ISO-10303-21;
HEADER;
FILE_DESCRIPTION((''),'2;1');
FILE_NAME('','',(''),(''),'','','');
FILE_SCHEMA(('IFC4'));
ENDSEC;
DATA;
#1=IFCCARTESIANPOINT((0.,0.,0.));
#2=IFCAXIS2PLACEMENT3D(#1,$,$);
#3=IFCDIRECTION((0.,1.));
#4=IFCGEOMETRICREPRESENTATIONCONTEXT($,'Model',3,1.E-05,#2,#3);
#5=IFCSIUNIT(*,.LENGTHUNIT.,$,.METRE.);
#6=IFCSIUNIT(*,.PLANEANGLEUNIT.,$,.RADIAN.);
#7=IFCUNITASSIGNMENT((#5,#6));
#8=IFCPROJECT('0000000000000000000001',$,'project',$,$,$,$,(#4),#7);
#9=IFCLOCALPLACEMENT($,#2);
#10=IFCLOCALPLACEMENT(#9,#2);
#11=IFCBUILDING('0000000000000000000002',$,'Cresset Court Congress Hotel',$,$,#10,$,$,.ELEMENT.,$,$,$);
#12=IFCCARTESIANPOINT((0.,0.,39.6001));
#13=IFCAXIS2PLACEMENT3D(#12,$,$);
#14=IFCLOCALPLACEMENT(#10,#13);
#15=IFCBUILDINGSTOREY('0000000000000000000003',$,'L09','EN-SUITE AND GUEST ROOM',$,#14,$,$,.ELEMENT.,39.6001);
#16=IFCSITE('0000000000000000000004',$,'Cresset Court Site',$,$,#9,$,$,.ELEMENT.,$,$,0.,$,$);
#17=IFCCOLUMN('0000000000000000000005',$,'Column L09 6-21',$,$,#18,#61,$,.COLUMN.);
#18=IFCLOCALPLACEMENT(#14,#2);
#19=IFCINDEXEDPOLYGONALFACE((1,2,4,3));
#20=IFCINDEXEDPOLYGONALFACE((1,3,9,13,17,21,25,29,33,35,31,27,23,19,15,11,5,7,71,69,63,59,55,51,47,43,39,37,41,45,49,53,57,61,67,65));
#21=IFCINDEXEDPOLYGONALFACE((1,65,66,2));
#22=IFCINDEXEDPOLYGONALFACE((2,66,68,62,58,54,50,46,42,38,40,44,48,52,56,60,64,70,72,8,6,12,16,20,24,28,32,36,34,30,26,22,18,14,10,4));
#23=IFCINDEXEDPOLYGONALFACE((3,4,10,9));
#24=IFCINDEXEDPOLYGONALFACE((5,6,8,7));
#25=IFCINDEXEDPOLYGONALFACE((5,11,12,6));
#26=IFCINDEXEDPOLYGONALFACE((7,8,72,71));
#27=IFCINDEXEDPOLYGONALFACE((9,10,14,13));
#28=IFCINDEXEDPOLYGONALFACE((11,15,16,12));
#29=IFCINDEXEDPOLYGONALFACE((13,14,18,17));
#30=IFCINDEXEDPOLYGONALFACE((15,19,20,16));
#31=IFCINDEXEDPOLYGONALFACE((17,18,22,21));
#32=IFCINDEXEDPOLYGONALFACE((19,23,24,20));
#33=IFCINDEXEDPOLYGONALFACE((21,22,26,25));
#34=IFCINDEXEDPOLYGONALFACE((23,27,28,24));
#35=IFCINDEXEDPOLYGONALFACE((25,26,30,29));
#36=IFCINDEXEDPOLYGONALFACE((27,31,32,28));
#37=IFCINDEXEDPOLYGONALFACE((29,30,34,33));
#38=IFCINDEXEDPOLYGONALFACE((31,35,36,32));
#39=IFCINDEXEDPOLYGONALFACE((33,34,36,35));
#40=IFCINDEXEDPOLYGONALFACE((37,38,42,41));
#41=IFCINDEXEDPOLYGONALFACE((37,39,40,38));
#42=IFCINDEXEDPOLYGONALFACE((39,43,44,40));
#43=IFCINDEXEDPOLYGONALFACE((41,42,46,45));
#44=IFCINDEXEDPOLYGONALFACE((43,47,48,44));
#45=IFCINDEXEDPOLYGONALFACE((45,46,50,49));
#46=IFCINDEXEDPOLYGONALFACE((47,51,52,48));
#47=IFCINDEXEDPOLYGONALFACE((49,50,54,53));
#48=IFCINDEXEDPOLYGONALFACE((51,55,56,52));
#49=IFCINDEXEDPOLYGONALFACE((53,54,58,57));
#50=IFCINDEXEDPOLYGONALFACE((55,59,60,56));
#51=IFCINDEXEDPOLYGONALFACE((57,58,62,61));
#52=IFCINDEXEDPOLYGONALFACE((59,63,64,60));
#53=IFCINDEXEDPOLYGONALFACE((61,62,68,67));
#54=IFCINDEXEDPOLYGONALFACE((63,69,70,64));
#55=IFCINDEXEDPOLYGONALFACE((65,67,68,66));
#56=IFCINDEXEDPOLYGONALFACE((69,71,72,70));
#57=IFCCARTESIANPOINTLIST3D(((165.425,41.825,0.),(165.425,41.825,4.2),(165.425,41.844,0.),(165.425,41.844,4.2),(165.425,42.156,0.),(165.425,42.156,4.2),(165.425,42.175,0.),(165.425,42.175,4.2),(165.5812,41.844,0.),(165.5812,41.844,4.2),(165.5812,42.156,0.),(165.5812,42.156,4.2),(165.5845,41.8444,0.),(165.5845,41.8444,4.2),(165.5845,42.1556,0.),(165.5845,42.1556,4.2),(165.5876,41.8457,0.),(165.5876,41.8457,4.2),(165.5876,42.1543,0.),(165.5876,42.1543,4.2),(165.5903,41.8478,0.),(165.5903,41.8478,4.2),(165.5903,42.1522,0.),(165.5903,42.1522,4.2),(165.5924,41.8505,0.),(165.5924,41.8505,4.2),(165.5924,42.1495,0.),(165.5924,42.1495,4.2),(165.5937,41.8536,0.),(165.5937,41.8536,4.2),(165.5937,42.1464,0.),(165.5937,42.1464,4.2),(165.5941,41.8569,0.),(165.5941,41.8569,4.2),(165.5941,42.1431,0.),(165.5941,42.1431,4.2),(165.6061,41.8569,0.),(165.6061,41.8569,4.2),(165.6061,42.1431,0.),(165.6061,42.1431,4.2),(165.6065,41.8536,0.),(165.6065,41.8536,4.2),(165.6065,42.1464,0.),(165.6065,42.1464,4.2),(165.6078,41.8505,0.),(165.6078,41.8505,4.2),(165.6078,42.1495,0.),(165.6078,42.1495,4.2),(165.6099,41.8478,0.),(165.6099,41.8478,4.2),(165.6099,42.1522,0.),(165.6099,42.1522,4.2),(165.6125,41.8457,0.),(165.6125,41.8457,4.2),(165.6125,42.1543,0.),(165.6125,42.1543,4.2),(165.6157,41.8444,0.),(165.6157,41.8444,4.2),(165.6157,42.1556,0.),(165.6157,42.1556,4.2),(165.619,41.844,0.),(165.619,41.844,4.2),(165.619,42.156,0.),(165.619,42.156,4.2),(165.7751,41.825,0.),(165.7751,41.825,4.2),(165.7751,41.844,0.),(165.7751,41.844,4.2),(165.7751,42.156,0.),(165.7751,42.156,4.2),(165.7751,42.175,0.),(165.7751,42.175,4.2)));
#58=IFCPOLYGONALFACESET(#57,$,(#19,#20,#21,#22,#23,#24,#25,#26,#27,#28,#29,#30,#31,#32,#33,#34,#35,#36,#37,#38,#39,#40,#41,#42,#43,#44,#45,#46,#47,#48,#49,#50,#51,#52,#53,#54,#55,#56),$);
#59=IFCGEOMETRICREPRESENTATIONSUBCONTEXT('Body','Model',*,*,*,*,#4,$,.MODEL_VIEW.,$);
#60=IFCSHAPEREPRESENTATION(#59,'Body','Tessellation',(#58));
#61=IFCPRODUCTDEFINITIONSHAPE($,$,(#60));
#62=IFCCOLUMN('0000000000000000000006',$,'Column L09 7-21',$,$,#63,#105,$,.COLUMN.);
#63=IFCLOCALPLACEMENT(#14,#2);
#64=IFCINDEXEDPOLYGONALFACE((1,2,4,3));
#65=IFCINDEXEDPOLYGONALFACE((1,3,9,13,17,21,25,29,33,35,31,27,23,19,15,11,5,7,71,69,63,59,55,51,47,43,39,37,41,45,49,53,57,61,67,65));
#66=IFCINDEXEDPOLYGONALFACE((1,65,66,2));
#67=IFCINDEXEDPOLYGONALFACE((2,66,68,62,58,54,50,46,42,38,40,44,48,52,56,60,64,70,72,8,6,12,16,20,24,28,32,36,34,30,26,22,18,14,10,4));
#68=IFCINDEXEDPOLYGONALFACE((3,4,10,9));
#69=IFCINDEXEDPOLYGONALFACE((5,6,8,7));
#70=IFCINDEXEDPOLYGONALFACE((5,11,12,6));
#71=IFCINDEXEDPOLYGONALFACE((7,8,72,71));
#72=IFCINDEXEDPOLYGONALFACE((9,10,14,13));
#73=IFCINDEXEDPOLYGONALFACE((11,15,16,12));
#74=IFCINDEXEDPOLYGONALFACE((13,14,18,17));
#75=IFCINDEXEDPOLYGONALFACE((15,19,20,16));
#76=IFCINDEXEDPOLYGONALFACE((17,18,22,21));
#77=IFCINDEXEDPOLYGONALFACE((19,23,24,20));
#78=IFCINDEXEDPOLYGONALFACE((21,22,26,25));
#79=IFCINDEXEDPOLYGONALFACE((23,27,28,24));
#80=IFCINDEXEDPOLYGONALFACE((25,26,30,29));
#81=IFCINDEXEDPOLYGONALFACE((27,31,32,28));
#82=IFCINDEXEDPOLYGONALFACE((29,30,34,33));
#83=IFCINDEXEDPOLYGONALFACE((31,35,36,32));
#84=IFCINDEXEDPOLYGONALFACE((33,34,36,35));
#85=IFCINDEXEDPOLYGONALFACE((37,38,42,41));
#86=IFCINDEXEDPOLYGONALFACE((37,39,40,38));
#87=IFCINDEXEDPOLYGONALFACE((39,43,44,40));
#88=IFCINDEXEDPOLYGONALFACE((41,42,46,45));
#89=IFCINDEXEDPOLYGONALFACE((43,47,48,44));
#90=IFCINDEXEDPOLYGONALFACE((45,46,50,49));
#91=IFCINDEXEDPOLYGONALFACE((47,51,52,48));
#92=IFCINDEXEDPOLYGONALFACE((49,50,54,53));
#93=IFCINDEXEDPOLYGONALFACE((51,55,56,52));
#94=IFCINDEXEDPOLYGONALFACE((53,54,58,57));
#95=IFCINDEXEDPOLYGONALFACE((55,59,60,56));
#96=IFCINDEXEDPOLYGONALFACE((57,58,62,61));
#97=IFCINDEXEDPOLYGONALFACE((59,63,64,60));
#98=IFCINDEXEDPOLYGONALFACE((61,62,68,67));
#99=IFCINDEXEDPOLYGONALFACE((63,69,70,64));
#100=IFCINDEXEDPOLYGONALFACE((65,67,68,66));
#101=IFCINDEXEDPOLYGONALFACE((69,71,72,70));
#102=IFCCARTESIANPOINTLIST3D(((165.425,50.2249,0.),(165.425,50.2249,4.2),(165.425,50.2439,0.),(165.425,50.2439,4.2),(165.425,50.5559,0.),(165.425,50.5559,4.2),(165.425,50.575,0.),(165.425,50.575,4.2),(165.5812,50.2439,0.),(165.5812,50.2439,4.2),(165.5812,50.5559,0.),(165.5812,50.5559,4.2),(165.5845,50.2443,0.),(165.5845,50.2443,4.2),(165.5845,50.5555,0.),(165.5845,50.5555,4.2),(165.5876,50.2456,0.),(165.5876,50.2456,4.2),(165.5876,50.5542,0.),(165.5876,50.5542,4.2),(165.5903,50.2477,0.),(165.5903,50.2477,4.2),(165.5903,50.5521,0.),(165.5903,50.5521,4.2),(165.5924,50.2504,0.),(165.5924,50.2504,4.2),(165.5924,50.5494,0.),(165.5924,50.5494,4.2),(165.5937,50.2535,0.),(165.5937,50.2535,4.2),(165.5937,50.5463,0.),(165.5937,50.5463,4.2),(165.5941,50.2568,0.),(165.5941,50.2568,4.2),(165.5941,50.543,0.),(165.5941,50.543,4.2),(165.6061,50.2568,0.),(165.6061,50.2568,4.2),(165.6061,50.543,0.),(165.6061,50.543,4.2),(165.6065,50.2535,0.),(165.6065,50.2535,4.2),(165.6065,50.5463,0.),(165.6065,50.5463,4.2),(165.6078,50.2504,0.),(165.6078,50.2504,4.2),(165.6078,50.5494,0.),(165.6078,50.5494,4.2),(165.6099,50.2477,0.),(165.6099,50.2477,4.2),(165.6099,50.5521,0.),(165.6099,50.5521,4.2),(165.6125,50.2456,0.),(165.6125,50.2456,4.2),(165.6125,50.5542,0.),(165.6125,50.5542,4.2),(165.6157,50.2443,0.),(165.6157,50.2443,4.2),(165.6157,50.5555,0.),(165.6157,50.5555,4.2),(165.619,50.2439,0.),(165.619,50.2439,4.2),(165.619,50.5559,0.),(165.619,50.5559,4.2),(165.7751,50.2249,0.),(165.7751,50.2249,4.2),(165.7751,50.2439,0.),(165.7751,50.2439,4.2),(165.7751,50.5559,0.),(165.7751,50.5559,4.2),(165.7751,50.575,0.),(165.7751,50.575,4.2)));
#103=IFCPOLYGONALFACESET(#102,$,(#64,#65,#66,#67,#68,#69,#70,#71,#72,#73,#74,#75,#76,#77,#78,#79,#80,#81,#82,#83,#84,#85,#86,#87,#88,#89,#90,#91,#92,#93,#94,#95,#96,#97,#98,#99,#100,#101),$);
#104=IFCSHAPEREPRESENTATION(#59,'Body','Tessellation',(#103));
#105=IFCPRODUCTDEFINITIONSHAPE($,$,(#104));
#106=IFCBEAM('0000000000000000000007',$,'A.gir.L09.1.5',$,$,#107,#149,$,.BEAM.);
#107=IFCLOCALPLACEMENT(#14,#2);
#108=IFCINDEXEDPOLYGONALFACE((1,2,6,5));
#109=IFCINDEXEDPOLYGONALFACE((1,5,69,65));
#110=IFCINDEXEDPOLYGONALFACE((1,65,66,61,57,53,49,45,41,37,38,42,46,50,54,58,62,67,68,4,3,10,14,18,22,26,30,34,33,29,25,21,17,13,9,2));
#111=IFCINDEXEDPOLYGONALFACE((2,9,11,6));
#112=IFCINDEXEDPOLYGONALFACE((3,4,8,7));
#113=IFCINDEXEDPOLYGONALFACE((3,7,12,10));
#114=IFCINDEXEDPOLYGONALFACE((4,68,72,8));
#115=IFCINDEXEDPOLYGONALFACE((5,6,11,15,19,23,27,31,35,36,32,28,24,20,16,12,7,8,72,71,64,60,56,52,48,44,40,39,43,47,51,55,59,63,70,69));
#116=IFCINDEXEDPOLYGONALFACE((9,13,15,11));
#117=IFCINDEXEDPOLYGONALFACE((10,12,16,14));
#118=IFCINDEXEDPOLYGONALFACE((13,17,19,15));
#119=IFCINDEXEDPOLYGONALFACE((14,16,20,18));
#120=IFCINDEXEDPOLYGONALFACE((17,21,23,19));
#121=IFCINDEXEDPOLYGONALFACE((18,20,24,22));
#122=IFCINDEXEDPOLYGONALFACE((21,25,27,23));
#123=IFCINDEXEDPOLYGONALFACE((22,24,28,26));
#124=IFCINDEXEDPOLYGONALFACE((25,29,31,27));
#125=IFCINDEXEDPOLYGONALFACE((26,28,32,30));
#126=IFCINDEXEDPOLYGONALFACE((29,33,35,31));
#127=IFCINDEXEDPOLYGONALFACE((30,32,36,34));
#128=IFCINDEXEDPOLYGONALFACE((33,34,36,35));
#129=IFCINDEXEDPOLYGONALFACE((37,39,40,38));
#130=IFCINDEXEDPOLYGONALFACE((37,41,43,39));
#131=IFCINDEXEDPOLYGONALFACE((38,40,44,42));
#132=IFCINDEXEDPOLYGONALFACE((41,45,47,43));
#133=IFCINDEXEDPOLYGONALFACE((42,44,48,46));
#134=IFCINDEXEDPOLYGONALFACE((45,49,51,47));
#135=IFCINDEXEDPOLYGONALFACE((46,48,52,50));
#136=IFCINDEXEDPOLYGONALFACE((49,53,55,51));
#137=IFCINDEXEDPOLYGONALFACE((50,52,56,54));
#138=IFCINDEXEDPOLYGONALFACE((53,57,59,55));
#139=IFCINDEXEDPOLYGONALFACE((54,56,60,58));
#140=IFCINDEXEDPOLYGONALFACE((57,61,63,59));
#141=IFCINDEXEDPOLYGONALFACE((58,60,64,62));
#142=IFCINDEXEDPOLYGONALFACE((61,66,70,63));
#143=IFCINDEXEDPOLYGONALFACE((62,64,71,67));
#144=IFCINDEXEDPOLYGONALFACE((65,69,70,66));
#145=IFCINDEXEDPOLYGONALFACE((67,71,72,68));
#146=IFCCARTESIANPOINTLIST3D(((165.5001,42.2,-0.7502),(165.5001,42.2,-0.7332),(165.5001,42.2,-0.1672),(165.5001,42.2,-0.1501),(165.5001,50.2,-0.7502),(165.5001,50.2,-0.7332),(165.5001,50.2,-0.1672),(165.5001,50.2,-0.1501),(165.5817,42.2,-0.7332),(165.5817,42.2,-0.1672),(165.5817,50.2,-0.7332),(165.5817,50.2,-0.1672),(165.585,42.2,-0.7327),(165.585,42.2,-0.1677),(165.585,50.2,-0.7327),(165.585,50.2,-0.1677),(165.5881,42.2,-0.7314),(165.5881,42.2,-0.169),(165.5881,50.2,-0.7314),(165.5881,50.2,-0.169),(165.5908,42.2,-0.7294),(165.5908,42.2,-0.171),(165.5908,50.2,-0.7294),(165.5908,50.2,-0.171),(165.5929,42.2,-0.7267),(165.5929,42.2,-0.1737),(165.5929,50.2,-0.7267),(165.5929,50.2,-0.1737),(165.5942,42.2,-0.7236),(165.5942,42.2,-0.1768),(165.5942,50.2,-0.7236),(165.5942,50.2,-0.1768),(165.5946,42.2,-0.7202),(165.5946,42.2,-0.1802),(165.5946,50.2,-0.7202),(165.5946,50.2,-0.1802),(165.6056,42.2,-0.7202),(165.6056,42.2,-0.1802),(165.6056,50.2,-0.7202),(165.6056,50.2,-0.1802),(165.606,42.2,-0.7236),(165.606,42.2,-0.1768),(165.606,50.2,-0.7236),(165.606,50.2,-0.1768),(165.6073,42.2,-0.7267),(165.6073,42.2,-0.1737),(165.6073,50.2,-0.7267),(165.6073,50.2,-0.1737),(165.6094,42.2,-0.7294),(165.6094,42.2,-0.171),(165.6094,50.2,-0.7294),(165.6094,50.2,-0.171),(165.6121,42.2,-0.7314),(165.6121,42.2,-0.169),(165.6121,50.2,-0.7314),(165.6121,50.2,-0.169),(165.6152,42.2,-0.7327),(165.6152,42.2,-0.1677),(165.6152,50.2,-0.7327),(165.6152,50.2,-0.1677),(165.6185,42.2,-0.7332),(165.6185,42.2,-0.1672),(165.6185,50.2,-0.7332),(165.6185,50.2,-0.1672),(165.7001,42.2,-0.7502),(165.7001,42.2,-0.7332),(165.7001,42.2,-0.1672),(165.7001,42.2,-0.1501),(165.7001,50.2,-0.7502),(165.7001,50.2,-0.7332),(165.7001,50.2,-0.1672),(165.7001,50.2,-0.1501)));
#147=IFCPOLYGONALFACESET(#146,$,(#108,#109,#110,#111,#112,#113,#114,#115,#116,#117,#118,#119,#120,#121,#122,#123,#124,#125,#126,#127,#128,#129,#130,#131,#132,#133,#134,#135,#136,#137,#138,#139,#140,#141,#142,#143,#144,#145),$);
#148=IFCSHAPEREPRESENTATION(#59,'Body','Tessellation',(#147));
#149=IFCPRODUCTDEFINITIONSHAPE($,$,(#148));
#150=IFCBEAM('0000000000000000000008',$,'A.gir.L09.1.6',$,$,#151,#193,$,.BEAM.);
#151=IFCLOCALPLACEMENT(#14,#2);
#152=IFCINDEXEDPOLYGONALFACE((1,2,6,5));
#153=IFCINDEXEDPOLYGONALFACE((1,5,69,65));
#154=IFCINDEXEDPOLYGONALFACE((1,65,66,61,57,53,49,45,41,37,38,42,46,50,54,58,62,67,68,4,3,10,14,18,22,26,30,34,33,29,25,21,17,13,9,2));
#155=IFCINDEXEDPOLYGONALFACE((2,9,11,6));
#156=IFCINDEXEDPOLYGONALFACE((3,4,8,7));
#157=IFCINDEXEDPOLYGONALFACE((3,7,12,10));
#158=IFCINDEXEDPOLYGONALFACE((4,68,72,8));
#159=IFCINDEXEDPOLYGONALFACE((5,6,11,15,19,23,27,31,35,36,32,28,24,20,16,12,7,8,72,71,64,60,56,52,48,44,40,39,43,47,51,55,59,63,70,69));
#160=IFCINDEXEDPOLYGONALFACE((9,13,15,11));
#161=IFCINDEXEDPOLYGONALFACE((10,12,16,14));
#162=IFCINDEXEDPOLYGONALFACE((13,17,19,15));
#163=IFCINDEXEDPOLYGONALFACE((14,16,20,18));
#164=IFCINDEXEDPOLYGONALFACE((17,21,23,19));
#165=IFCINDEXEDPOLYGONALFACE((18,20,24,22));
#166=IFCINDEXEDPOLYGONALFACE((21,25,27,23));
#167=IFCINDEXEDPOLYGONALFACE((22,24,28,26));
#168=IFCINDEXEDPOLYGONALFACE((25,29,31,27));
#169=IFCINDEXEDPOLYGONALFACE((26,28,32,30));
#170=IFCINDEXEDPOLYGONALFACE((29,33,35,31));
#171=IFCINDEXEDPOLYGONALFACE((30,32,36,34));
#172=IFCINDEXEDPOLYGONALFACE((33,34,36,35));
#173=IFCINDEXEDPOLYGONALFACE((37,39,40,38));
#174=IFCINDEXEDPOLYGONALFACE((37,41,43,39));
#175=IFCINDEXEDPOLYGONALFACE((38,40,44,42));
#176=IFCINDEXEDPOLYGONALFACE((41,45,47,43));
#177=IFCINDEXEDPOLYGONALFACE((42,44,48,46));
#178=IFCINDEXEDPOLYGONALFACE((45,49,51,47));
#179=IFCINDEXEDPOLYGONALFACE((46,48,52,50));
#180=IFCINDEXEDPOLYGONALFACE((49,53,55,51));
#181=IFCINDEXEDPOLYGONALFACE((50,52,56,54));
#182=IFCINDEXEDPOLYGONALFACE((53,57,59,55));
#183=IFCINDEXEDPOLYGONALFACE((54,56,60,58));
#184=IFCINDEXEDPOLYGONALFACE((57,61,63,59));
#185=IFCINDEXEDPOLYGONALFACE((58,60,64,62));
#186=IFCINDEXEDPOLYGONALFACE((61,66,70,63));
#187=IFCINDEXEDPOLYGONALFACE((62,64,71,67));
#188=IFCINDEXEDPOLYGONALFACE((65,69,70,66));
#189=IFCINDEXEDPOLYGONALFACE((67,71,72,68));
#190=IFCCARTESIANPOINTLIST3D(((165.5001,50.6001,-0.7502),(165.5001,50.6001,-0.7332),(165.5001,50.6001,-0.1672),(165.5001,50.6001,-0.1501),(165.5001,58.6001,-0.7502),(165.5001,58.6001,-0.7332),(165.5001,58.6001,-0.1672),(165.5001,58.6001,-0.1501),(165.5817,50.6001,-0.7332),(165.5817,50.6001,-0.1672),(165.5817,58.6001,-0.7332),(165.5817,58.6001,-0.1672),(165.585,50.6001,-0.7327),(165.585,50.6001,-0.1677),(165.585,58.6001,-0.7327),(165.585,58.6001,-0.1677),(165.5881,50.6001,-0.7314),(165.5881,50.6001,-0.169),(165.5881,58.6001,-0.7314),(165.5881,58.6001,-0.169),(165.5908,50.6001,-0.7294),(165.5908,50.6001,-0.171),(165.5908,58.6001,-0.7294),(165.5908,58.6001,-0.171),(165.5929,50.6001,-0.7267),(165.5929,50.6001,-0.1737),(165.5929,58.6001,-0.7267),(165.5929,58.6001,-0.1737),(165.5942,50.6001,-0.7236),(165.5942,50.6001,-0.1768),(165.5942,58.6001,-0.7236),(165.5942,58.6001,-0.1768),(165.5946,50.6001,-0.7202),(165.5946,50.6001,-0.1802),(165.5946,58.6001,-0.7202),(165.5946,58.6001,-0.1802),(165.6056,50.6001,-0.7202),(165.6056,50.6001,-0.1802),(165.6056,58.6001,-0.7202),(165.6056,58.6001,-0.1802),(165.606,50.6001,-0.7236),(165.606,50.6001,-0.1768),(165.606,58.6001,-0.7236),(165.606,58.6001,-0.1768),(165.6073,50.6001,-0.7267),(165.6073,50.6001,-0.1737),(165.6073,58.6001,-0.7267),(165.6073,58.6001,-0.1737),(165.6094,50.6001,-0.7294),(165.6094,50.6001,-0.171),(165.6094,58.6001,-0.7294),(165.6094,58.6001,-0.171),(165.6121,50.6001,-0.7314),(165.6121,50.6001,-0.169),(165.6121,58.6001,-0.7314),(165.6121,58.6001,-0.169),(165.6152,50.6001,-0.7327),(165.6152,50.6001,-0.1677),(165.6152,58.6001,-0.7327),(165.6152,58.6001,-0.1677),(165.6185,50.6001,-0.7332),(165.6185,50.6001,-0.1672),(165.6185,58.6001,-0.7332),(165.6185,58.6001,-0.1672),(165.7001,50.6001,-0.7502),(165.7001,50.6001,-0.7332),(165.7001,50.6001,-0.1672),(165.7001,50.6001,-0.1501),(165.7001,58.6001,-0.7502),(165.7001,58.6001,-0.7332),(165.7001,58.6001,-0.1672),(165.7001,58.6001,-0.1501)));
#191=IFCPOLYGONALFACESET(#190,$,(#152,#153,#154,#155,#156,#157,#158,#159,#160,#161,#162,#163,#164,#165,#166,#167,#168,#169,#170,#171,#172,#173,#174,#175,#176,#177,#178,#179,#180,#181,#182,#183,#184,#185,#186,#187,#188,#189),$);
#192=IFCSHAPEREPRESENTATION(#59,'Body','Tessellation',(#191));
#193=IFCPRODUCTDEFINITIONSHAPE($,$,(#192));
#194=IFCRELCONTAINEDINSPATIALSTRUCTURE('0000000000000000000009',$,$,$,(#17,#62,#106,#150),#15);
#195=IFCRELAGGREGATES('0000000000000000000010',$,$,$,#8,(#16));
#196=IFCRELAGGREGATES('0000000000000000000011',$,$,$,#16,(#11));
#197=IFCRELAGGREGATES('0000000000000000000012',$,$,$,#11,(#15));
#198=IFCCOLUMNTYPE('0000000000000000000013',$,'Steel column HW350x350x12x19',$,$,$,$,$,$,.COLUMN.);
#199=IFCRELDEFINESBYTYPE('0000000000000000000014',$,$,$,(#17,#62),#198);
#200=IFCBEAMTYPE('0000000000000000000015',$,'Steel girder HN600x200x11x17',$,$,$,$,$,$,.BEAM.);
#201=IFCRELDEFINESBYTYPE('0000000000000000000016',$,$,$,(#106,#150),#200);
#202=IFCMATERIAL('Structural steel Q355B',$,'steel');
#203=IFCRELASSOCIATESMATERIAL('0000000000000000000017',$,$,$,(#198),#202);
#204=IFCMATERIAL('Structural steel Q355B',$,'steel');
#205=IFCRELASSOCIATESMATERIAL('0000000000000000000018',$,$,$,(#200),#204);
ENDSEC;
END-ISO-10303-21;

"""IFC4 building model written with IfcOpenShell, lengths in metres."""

from ifc_helpers import new_model, si_unit, direction, frame, origin, origin_2d, place, context, subcontext, project, spatial, i_section, extrude, material, material_profile, profile_set, type_object, element, save


model = new_model("IFC4")

# Units and contexts
model_context = context("Model", 3, precision=1e-05, world=origin(), true_north=direction((0.0, 1.0)))
body_context = subcontext(model_context, "Body", "Model", "MODEL_VIEW")
ifc_project = project(units=[si_unit("LENGTHUNIT", "METRE"), si_unit("PLANEANGLEUNIT", "RADIAN")], contexts=[model_context])

# Site, building, storey
site_placement = place(None, origin())
site = spatial("IfcSite", under=ifc_project, at=site_placement, Name="Cresset Court Site", CompositionType="ELEMENT", RefElevation=0.0)
building_placement = place(site_placement, origin())
building = spatial("IfcBuilding", under=site, at=building_placement, Name="Cresset Court Congress Hotel", CompositionType="ELEMENT")
storey_placement = place(building_placement, frame((0.0, 0.0, 39.6001)))
storey = spatial("IfcBuildingStorey", under=building, at=storey_placement, Name="L09", Description="EN-SUITE AND GUEST ROOM", CompositionType="ELEMENT", Elevation=39.6001)

# Columns
ifc_material_1 = material(Name="Structural steel Q355B", Category="steel")
ifc_material_profile_1 = material_profile(ifc_material_1, i_section(OverallWidth=0.3501, OverallDepth=0.3501, WebThickness=0.012, FlangeThickness=0.019, FilletRadius=0.0129, at=origin_2d()), Name="HW350x350x12x19")
ifc_profile_set_1 = profile_set([ifc_material_profile_1], Name="Structural steel Q355B")
column_type = type_object("IfcColumnType", Name="Steel column HW350x350x12x19", PredefinedType="COLUMN", material=ifc_profile_set_1)
for number, where, z_axis, x_axis, name in (
    (1, (165.6001, 42.0, 0.0), (0.0, 0.0, 1.0), (1.0, 0.0, 0.0), "Column L09 6-21"),
    (2, (165.6001, 50.3999, 0.0), (0.0, 0.0, 1.0), (1.0, 0.0, 0.0), "Column L09 7-21"),
):
    element("IfcColumn", number, at=place(storey_placement, frame(where, z_axis=z_axis, x_axis=x_axis)), inside=storey, type_object=column_type, Name=name, PredefinedType="COLUMN", context=body_context, shape_type="SweptSolid", body=[
        extrude(i_section(OverallWidth=0.3501, OverallDepth=0.3501, WebThickness=0.012, FlangeThickness=0.019, FilletRadius=0.0129, at=origin_2d()), origin(), (0.0, 0.0, 1.0), 4.2),
    ])

# Beams
ifc_material_2 = material(Name="Structural steel Q355B", Category="steel")
ifc_material_profile_2 = material_profile(ifc_material_2, i_section(OverallWidth=0.2, OverallDepth=0.6001, WebThickness=0.011, FlangeThickness=0.0171, FilletRadius=0.0129, at=origin_2d()), Name="HN600x200x11x17")
ifc_profile_set_2 = profile_set([ifc_material_profile_2], Name="Structural steel Q355B")
beam_type = type_object("IfcBeamType", Name="Steel girder HN600x200x11x17", PredefinedType="BEAM", material=ifc_profile_set_2)
for number, where, z_axis, x_axis, name in (
    (3, (165.6001, 42.2, -0.4502), (0.0, 1.0, 0.0), (-1.0, 0.0, 0.0), "A.gir.L09.1.5"),
    (4, (165.6001, 50.6001, -0.4502), (0.0, 1.0, 0.0), (-1.0, 0.0, 0.0), "A.gir.L09.1.6"),
):
    element("IfcBeam", number, at=place(storey_placement, frame(where, z_axis=z_axis, x_axis=x_axis)), inside=storey, type_object=beam_type, Name=name, PredefinedType="BEAM", context=body_context, shape_type="SweptSolid", body=[
        extrude(i_section(OverallWidth=0.2, OverallDepth=0.6001, WebThickness=0.011, FlangeThickness=0.0171, FilletRadius=0.0129, at=origin_2d()), origin(), (0.0, 0.0, 1.0), 8.0),
    ])

save(model, "model.ifc")
